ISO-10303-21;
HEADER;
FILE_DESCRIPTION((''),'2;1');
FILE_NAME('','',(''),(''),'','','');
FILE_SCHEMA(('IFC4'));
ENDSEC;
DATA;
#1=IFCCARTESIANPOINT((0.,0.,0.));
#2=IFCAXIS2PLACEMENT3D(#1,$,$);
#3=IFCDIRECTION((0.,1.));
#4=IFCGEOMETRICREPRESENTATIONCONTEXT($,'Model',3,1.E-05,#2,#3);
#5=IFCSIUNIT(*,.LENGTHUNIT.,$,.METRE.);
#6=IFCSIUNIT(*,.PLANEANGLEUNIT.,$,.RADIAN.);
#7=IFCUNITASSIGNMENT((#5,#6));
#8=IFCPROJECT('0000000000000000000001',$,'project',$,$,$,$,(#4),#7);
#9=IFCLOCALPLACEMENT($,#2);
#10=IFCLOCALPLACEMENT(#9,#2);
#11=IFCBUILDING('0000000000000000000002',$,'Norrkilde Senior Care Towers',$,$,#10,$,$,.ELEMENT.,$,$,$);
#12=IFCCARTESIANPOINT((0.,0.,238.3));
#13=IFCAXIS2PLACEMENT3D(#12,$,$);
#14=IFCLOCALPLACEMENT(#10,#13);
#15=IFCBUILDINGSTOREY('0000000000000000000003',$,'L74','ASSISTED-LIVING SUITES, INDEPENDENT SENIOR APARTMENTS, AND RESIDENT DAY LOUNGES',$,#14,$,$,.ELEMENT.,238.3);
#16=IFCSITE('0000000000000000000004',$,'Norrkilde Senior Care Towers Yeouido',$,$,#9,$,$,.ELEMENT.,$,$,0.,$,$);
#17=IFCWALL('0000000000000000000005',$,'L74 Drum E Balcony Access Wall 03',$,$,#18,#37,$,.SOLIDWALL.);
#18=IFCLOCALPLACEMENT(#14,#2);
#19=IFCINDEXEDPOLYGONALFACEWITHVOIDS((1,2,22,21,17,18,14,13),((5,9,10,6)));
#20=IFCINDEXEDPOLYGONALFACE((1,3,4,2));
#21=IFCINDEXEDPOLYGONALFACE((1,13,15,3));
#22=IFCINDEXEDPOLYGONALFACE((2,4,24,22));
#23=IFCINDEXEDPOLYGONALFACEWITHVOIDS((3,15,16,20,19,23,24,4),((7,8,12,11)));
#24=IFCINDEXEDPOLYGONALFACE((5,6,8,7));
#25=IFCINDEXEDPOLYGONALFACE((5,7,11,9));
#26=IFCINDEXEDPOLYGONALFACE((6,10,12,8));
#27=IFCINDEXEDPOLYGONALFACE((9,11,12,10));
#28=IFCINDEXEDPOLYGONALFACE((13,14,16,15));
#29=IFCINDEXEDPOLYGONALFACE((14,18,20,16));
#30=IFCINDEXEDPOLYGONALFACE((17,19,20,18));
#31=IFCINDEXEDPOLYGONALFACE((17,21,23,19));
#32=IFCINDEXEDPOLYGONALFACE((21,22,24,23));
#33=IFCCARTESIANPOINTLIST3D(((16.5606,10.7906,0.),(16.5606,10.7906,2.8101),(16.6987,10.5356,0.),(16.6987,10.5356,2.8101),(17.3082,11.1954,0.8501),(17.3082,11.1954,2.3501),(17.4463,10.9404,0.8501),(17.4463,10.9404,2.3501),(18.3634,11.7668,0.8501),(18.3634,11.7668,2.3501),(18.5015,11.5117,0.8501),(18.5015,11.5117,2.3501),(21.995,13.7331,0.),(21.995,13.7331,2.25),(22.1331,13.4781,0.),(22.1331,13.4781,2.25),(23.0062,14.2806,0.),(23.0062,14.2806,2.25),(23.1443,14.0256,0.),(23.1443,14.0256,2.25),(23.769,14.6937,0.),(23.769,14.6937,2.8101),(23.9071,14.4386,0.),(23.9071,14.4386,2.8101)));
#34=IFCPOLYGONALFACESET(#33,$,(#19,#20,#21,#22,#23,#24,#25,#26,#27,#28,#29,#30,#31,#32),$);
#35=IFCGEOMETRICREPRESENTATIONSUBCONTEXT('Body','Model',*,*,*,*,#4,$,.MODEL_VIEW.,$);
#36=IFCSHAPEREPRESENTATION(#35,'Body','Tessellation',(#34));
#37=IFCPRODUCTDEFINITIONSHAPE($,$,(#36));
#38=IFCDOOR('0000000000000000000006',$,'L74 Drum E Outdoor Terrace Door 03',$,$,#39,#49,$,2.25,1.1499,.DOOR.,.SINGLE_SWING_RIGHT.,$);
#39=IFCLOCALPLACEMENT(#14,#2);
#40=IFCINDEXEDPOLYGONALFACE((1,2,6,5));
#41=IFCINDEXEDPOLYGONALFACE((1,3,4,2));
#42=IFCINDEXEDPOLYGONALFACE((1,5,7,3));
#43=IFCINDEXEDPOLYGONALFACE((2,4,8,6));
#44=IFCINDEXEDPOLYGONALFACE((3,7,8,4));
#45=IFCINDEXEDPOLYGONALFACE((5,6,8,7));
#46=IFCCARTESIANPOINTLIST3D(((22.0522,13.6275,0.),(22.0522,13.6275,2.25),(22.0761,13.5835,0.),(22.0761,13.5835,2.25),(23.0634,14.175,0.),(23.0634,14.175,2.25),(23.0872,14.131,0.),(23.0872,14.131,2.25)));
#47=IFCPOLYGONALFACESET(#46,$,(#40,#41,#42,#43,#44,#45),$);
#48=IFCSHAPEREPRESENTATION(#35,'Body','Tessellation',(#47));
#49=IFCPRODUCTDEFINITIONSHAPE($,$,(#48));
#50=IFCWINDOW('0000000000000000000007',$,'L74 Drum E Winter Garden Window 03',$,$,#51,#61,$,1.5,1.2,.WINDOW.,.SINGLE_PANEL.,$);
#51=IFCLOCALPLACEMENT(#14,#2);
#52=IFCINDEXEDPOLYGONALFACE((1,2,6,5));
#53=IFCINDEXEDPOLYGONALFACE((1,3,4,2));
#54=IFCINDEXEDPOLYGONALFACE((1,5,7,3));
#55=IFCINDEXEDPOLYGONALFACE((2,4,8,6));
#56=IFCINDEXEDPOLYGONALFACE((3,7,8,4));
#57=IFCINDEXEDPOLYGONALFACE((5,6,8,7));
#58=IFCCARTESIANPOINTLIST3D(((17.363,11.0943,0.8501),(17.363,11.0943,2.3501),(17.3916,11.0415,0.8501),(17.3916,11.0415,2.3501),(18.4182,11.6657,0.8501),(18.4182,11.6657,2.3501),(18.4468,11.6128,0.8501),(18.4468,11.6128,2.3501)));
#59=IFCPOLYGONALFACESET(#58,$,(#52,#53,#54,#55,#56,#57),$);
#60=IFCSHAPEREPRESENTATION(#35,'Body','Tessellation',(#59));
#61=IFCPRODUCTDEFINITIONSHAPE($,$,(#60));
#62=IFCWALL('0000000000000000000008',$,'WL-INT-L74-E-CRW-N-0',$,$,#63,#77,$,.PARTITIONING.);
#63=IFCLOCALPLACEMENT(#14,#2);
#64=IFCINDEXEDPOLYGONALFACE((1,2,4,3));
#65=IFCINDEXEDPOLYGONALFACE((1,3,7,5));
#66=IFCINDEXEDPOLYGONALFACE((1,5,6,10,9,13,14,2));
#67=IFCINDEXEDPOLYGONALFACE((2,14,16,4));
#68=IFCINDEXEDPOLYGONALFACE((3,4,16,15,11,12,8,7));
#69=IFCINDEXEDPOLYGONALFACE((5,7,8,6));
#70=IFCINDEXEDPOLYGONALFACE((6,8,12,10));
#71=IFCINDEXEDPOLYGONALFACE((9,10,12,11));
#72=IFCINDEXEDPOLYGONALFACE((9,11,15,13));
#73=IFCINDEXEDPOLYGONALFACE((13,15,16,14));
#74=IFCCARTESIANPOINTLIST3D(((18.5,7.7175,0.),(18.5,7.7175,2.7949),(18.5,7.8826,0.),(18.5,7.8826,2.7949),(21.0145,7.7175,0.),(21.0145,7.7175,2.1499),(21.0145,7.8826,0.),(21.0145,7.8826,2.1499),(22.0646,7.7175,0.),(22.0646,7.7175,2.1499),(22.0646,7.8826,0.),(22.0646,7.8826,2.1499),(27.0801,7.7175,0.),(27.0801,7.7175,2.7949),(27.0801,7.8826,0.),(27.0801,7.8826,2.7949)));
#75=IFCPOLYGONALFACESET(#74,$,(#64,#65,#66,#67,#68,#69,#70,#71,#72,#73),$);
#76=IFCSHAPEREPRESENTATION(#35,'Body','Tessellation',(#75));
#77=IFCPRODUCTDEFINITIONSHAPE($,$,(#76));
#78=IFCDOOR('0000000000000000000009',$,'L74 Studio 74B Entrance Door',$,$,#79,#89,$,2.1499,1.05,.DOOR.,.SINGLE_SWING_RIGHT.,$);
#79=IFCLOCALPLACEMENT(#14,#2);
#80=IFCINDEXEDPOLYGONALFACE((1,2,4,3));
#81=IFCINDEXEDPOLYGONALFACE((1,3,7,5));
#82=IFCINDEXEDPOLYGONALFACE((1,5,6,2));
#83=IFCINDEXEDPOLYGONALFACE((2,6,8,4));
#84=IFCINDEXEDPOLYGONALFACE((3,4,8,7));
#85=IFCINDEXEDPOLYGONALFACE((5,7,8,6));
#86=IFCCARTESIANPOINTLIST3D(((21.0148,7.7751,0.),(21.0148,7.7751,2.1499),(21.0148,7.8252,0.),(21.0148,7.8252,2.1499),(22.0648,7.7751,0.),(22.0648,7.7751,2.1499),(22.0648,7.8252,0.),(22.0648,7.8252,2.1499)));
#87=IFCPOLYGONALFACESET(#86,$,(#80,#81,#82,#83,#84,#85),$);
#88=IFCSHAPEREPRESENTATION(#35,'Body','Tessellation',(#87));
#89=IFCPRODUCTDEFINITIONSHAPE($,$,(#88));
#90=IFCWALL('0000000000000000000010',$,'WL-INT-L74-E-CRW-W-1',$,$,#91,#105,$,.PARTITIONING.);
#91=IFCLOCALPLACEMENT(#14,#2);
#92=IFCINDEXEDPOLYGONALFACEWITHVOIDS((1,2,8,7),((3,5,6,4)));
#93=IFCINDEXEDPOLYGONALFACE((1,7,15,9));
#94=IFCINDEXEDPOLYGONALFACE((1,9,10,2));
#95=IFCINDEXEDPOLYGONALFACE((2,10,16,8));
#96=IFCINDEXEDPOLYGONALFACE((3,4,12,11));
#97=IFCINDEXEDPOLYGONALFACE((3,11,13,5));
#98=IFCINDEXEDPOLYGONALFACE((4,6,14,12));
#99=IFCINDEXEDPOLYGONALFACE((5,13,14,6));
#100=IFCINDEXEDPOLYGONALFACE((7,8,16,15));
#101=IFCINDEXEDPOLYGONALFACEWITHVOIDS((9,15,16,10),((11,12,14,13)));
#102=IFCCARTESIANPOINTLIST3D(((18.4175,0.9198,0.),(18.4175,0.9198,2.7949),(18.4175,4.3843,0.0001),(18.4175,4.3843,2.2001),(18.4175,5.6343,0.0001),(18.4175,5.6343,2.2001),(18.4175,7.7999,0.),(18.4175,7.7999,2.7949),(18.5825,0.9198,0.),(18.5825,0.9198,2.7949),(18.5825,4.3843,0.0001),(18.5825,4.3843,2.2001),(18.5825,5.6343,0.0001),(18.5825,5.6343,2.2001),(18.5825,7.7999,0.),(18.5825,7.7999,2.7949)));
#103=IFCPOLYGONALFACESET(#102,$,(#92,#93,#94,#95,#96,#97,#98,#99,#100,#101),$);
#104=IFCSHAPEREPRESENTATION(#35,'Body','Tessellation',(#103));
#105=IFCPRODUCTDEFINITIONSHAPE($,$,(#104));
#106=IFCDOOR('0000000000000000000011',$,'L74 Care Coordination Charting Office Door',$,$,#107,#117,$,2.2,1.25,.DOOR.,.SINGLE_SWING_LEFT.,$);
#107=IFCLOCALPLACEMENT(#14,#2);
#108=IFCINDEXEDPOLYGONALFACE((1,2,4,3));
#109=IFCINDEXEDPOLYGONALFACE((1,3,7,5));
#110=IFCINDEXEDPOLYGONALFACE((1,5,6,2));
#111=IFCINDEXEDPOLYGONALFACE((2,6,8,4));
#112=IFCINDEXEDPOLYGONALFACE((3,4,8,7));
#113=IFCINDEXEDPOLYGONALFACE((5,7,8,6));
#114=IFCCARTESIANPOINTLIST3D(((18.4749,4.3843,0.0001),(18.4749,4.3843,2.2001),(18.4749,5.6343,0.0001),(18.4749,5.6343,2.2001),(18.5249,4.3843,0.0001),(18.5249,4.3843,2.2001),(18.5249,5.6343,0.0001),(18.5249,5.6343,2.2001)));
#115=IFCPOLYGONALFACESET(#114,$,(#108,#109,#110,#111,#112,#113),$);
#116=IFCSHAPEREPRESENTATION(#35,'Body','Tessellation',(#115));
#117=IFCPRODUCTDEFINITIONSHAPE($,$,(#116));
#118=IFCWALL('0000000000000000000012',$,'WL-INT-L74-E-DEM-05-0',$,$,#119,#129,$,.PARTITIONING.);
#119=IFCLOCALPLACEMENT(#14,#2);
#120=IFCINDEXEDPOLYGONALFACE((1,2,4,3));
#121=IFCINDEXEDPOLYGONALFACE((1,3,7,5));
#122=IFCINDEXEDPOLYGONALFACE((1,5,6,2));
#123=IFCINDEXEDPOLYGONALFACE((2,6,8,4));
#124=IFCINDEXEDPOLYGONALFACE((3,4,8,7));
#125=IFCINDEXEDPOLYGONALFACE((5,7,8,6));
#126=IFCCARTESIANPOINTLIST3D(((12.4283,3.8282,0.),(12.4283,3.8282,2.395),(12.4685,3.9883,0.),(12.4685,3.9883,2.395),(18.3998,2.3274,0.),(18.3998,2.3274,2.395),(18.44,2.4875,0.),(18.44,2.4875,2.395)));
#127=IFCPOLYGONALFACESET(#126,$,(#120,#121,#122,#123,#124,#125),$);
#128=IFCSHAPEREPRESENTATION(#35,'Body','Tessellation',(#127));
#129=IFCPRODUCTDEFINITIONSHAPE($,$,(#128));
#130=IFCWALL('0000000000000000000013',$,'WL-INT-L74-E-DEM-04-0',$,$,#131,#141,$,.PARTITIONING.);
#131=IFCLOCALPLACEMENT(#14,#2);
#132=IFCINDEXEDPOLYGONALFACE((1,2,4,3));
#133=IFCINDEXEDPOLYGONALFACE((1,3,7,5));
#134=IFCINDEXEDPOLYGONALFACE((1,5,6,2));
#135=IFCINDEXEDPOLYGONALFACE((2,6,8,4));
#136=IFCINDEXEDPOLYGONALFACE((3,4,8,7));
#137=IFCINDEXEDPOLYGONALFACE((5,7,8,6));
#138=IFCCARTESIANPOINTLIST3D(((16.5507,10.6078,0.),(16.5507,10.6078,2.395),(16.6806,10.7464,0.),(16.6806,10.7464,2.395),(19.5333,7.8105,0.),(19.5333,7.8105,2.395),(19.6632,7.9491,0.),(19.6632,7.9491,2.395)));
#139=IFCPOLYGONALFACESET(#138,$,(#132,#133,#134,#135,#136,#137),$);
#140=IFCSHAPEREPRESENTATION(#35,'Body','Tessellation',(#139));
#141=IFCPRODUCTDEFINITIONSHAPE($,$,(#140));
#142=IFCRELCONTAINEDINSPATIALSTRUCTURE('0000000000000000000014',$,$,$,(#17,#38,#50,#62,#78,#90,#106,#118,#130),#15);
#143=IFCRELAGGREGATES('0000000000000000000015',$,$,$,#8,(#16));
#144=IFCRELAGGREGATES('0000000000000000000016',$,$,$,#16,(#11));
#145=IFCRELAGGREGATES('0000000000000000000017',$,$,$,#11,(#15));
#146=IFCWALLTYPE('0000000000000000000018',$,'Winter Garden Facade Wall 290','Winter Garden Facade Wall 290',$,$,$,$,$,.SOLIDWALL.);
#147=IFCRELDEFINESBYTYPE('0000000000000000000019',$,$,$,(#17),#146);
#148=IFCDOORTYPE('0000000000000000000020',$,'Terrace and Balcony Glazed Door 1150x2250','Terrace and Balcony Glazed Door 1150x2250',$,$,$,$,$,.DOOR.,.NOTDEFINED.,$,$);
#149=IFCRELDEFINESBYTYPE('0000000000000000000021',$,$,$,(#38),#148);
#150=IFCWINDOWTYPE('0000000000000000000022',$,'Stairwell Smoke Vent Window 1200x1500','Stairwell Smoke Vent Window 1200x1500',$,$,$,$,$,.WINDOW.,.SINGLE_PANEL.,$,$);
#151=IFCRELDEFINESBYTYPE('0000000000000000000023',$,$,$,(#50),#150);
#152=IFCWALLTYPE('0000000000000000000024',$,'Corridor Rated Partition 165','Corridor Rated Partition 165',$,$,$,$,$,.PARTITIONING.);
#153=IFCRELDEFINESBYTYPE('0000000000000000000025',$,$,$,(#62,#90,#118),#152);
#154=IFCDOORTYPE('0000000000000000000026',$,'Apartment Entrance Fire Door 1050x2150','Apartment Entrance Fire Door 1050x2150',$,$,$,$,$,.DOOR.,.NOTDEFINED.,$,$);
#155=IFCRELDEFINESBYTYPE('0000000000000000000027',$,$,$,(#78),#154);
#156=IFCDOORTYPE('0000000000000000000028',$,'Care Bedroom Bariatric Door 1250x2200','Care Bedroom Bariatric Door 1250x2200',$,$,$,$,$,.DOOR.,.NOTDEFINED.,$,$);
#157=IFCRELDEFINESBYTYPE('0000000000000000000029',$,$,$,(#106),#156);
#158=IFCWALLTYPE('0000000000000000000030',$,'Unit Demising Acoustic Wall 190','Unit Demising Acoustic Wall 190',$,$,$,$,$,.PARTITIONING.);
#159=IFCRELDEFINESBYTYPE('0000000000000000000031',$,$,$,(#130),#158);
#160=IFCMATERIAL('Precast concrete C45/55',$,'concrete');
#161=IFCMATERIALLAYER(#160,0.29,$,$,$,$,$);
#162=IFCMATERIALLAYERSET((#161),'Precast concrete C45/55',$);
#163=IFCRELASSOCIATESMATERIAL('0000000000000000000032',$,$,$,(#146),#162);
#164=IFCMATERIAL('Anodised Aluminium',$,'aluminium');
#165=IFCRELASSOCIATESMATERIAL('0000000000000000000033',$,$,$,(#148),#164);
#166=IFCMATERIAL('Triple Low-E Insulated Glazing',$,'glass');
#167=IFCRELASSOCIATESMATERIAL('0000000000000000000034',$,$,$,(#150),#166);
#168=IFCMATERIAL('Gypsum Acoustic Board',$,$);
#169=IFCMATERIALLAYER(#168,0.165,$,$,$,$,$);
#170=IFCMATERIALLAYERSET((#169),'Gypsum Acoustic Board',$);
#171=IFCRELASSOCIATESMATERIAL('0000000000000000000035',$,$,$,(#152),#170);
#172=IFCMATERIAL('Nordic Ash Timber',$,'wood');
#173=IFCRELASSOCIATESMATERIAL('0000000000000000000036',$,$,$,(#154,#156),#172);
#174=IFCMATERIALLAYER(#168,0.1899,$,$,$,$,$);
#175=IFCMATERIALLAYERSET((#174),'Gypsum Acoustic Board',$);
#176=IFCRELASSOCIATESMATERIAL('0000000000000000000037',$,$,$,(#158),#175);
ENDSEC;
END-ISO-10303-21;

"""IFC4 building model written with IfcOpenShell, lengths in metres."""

from ifc_helpers import new_model, si_unit, direction, frame, frame_2d, origin, place, context, subcontext, project, spatial, rectangle, extrude, source, transform, mapped, material, layer, layer_set, type_object, type_shapes, element, fill, save


model = new_model("IFC4")

# Units and contexts
model_context = context("Model", 3, precision=1e-05, world=origin(), true_north=direction((0.0, 1.0)))
body_context = subcontext(model_context, "Body", "Model", "MODEL_VIEW")
ifc_project = project(units=[si_unit("LENGTHUNIT", "METRE"), si_unit("PLANEANGLEUNIT", "RADIAN")], contexts=[model_context])

# Site, building, storey
site_placement = place(None, origin())
site = spatial("IfcSite", under=ifc_project, at=site_placement, Name="Norrkilde Senior Care Towers Yeouido", CompositionType="ELEMENT", RefElevation=0.0)
building_placement = place(site_placement, origin())
building = spatial("IfcBuilding", under=site, at=building_placement, Name="Norrkilde Senior Care Towers", CompositionType="ELEMENT")
storey_placement = place(building_placement, frame((0.0, 0.0, 238.3)))
storey = spatial("IfcBuildingStorey", under=building, at=storey_placement, Name="L74", Description="ASSISTED-LIVING SUITES, INDEPENDENT SENIOR APARTMENTS, AND RESIDENT DAY LOUNGES", CompositionType="ELEMENT", Elevation=238.3)

# Shared definitions
ifc_material_1 = material(Name="Triple Low-E Insulated Glazing", Category="glass")
ifc_material_2 = material(Name="Anodised Aluminium", Category="aluminium")

# Wall, openings, door, window
ifc_material_3 = material(Name="Precast concrete C45/55", Category="concrete")
ifc_layer_1 = layer(ifc_material_3, 0.29)
ifc_layer_set_1 = layer_set([ifc_layer_1], Name="Precast concrete C45/55")
wall_type_1 = type_object("IfcWallType", Name="Winter Garden Facade Wall 290", Description="Winter Garden Facade Wall 290", PredefinedType="SOLIDWALL", material=ifc_layer_set_1)
shared_shape_1 = source(origin(), body_context, "Body", "SweptSolid", [
    extrude(rectangle(XDim=8.1973, YDim=0.29, at=frame_2d((4.0986, 0.0))), origin(), (0.0, 0.0, 1.0), 2.8101),
])
type_shapes(wall_type_1, [shared_shape_1])
wall_1_placement = place(storey_placement, frame((16.6296, 10.6631, 0.0), z_axis=(0.0, 0.0, 1.0), x_axis=(0.87937, 0.476139, 0.0)))
wall_1 = element("IfcWall", 1, at=wall_1_placement, inside=storey, type_object=wall_type_1, Name="L74 Drum E Balcony Access Wall 03", PredefinedType="SOLIDWALL", context=body_context, shape_type="MappedRepresentation", body=[
    mapped(shared_shape_1, transform((0.0, 0.0, 0.0), x_axis=(1.0, 0.0, 0.0), y_axis=(0.0, 1.0, 0.0), z_axis=(0.0, 0.0, 1.0), scale=1.0)),
])
opening_1_placement = place(wall_1_placement, frame((6.1799, 0.0, 0.0)))
opening_1 = element("IfcOpeningElement", 2, at=opening_1_placement, cuts=wall_1, PredefinedType="OPENING", context=body_context, shape_type="SweptSolid", body=[
    extrude(rectangle(XDim=1.1499, YDim=2.25, at=frame_2d((0.575, 1.125))), frame((0.0, 0.155, 0.0), z_axis=(0.0, -1.0, 0.0), x_axis=(1.0, 0.0, 0.0)), (0.0, 0.0, 1.0), 0.3101),
])
opening_2_placement = place(wall_1_placement, frame((0.8501, 0.0, 0.8501)))
opening_2 = element("IfcOpeningElement", 3, at=opening_2_placement, cuts=wall_1, PredefinedType="OPENING", context=body_context, shape_type="SweptSolid", body=[
    extrude(rectangle(XDim=1.2, YDim=1.5, at=frame_2d((0.6001, 0.75))), frame((0.0, 0.155, 0.0), z_axis=(0.0, -1.0, 0.0), x_axis=(1.0, 0.0, 0.0)), (0.0, 0.0, 1.0), 0.3101),
])
door_type_1 = type_object("IfcDoorType", Name="Terrace and Balcony Glazed Door 1150x2250", Description="Terrace and Balcony Glazed Door 1150x2250", OperationType="NOTDEFINED", PredefinedType="DOOR", material=ifc_material_2)
shared_shape_2 = source(origin(), body_context, "Body", "SweptSolid", [
    extrude(rectangle(XDim=1.1499, YDim=2.25, at=frame_2d((0.575, 1.125))), frame((0.0, 0.0249, 0.0), z_axis=(0.0, -1.0, 0.0), x_axis=(1.0, 0.0, 0.0)), (0.0, 0.0, 1.0), 0.05),
])
type_shapes(door_type_1, [shared_shape_2])
door_1_placement = place(opening_1_placement, origin())
door_1 = element("IfcDoor", 4, at=door_1_placement, inside=storey, type_object=door_type_1, Name="L74 Drum E Outdoor Terrace Door 03", OperationType="SINGLE_SWING_RIGHT", OverallHeight=2.25, OverallWidth=1.1499, PredefinedType="DOOR", context=body_context, shape_type="MappedRepresentation", body=[
    mapped(shared_shape_2, transform((0.0, 0.0, 0.0), x_axis=(1.0, 0.0, 0.0), y_axis=(0.0, 1.0, 0.0), z_axis=(0.0, 0.0, 1.0), scale=1.0)),
])
fill(opening_1, door_1)
window_type = type_object("IfcWindowType", Name="Stairwell Smoke Vent Window 1200x1500", Description="Stairwell Smoke Vent Window 1200x1500", PartitioningType="SINGLE_PANEL", PredefinedType="WINDOW", material=ifc_material_1)
shared_shape_3 = source(origin(), body_context, "Body", "SweptSolid", [
    extrude(rectangle(XDim=1.2, YDim=1.5, at=frame_2d((0.6001, 0.75))), frame((0.0, 0.03, 0.0), z_axis=(0.0, -1.0, 0.0), x_axis=(1.0, 0.0, 0.0)), (0.0, 0.0, 1.0), 0.0601),
])
type_shapes(window_type, [shared_shape_3])
window_placement = place(opening_2_placement, origin())
window = element("IfcWindow", 5, at=window_placement, inside=storey, type_object=window_type, Name="L74 Drum E Winter Garden Window 03", OverallHeight=1.5, OverallWidth=1.2, PartitioningType="SINGLE_PANEL", PredefinedType="WINDOW", context=body_context, shape_type="MappedRepresentation", body=[
    mapped(shared_shape_3, transform((0.0, 0.0, 0.0), x_axis=(1.0, 0.0, 0.0), y_axis=(0.0, 1.0, 0.0), z_axis=(0.0, 0.0, 1.0), scale=1.0)),
])
fill(opening_2, window)

# Walls, openings, doors
ifc_material_4 = material(Name="Gypsum Acoustic Board")
ifc_layer_2 = layer(ifc_material_4, 0.165)
ifc_layer_set_2 = layer_set([ifc_layer_2], Name="Gypsum Acoustic Board")
wall_type_2 = type_object("IfcWallType", Name="Corridor Rated Partition 165", Description="Corridor Rated Partition 165", PredefinedType="PARTITIONING", material=ifc_layer_set_2)
shared_shape_4 = source(origin(), body_context, "Body", "SweptSolid", [
    extrude(rectangle(XDim=8.5801, YDim=0.165, at=frame_2d((4.29, 0.0))), origin(), (0.0, 0.0, 1.0), 2.7949),
])
wall_2_placement = place(storey_placement, frame((18.5, 7.8, 0.0), z_axis=(0.0, 0.0, 1.0), x_axis=(1.0, 0.0, 0.0)))
wall_2 = element("IfcWall", 6, at=wall_2_placement, inside=storey, type_object=wall_type_2, Name="WL-INT-L74-E-CRW-N-0", PredefinedType="PARTITIONING", context=body_context, shape_type="MappedRepresentation", body=[
    mapped(shared_shape_4, transform((0.0, 0.0, 0.0), x_axis=(1.0, 0.0, 0.0), y_axis=(0.0, 1.0, 0.0), z_axis=(0.0, 0.0, 1.0), scale=1.0)),
])
opening_3_placement = place(wall_2_placement, frame((2.5146, 0.0, 0.0)))
opening_3 = element("IfcOpeningElement", 7, at=opening_3_placement, cuts=wall_2, PredefinedType="OPENING", context=body_context, shape_type="SweptSolid", body=[
    extrude(rectangle(XDim=1.05, YDim=2.1499, at=frame_2d((0.5249, 1.075))), frame((0.0, 0.0925, 0.0), z_axis=(0.0, -1.0, 0.0), x_axis=(1.0, 0.0, 0.0)), (0.0, 0.0, 1.0), 0.1851),
])
ifc_material_5 = material(Name="Nordic Ash Timber", Category="wood")
door_type_2 = type_object("IfcDoorType", Name="Apartment Entrance Fire Door 1050x2150", Description="Apartment Entrance Fire Door 1050x2150", OperationType="NOTDEFINED", PredefinedType="DOOR", material=ifc_material_5)
shared_shape_5 = source(origin(), body_context, "Body", "SweptSolid", [
    extrude(rectangle(XDim=1.05, YDim=2.1499, at=frame_2d((0.5249, 1.075))), frame((0.0, 0.0249, 0.0), z_axis=(0.0, -1.0, 0.0), x_axis=(1.0, 0.0, 0.0)), (0.0, 0.0, 1.0), 0.05),
])
type_shapes(door_type_2, [shared_shape_5])
door_2_placement = place(opening_3_placement, frame((1.05, 0.0, 0.0), z_axis=(0.0, 0.0, 1.0), x_axis=(-1.0, 0.0, 0.0)))
door_2 = element("IfcDoor", 8, at=door_2_placement, inside=storey, type_object=door_type_2, Name="L74 Studio 74B Entrance Door", OperationType="SINGLE_SWING_RIGHT", OverallHeight=2.1499, OverallWidth=1.05, PredefinedType="DOOR", context=body_context, shape_type="MappedRepresentation", body=[
    mapped(shared_shape_5, transform((0.0, 0.0, 0.0), x_axis=(1.0, 0.0, 0.0), y_axis=(0.0, 1.0, 0.0), z_axis=(0.0, 0.0, 1.0), scale=1.0)),
])
fill(opening_3, door_2)
shared_shape_6 = source(origin(), body_context, "Body", "SweptSolid", [
    extrude(rectangle(XDim=6.8801, YDim=0.165, at=frame_2d((3.4399, 0.0))), origin(), (0.0, 0.0, 1.0), 2.7949),
])
wall_3_placement = place(storey_placement, frame((18.5, 0.9199, 0.0), z_axis=(0.0, 0.0, 1.0), x_axis=(0.0, 1.0, 0.0)))
wall_3 = element("IfcWall", 9, at=wall_3_placement, inside=storey, type_object=wall_type_2, Name="WL-INT-L74-E-CRW-W-1", PredefinedType="PARTITIONING", context=body_context, shape_type="MappedRepresentation", body=[
    mapped(shared_shape_6, transform((0.0, 0.0, 0.0), x_axis=(1.0, 0.0, 0.0), y_axis=(0.0, 1.0, 0.0), z_axis=(0.0, 0.0, 1.0), scale=1.0)),
])
opening_4_placement = place(wall_3_placement, frame((3.4644, 0.0, 0.0)))
opening_4 = element("IfcOpeningElement", 10, at=opening_4_placement, cuts=wall_3, PredefinedType="OPENING", context=body_context, shape_type="SweptSolid", body=[
    extrude(rectangle(XDim=1.25, YDim=2.2, at=frame_2d((0.625, 1.1001))), frame((0.0, 0.0925, 0.0), z_axis=(0.0, -1.0, 0.0), x_axis=(1.0, 0.0, 0.0)), (0.0, 0.0, 1.0), 0.1851),
])
door_type_3 = type_object("IfcDoorType", Name="Care Bedroom Bariatric Door 1250x2200", Description="Care Bedroom Bariatric Door 1250x2200", OperationType="NOTDEFINED", PredefinedType="DOOR", material=ifc_material_5)
shared_shape_7 = source(origin(), body_context, "Body", "SweptSolid", [
    extrude(rectangle(XDim=1.25, YDim=2.2, at=frame_2d((0.625, 1.1001))), frame((0.0, 0.0249, 0.0), z_axis=(0.0, -1.0, 0.0), x_axis=(1.0, 0.0, 0.0)), (0.0, 0.0, 1.0), 0.05),
])
type_shapes(door_type_3, [shared_shape_7])
door_3_placement = place(opening_4_placement, frame((1.25, 0.0, 0.0), z_axis=(0.0, 0.0, 1.0), x_axis=(-1.0, 0.0, 0.0)))
door_3 = element("IfcDoor", 11, at=door_3_placement, inside=storey, type_object=door_type_3, Name="L74 Care Coordination Charting Office Door", OperationType="SINGLE_SWING_LEFT", OverallHeight=2.2, OverallWidth=1.25, PredefinedType="DOOR", context=body_context, shape_type="MappedRepresentation", body=[
    mapped(shared_shape_7, transform((0.0, 0.0, 0.0), x_axis=(1.0, 0.0, 0.0), y_axis=(0.0, 1.0, 0.0), z_axis=(0.0, 0.0, 1.0), scale=1.0)),
])
fill(opening_4, door_3)

# Walls
shared_shape_8 = source(origin(), body_context, "Body", "SweptSolid", [
    extrude(rectangle(XDim=6.1572, YDim=0.165, at=frame_2d((3.0786, 0.0))), origin(), (0.0, 0.0, 1.0), 2.395),
])
wall_4_placement = place(storey_placement, frame((18.4199, 2.4075, 0.0), z_axis=(0.0, 0.0, 1.0), x_axis=(-0.969841, 0.243739, 0.0)))
element("IfcWall", 12, at=wall_4_placement, inside=storey, type_object=wall_type_2, Name="WL-INT-L74-E-DEM-05-0", PredefinedType="PARTITIONING", context=body_context, shape_type="MappedRepresentation", body=[
    mapped(shared_shape_8, transform((0.0, 0.0, 0.0), x_axis=(1.0, 0.0, 0.0), y_axis=(0.0, 1.0, 0.0), z_axis=(0.0, 0.0, 1.0), scale=1.0)),
])
ifc_layer_3 = layer(ifc_material_4, 0.1899)
ifc_layer_set_3 = layer_set([ifc_layer_3], Name="Gypsum Acoustic Board")
wall_type_3 = type_object("IfcWallType", Name="Unit Demising Acoustic Wall 190", Description="Unit Demising Acoustic Wall 190", PredefinedType="PARTITIONING", material=ifc_layer_set_3)
shared_shape_9 = source(origin(), body_context, "Body", "SweptSolid", [
    extrude(rectangle(XDim=4.0891, YDim=0.1899, at=frame_2d((2.0444, 0.0))), origin(), (0.0, 0.0, 1.0), 2.395),
])
type_shapes(wall_type_3, [shared_shape_9])
wall_5_placement = place(storey_placement, frame((19.5981, 7.8799, 0.0), z_axis=(0.0, 0.0, 1.0), x_axis=(-0.729401, 0.684086, 0.0)))
element("IfcWall", 13, at=wall_5_placement, inside=storey, type_object=wall_type_3, Name="WL-INT-L74-E-DEM-04-0", PredefinedType="PARTITIONING", context=body_context, shape_type="MappedRepresentation", body=[
    mapped(shared_shape_9, transform((0.0, 0.0, 0.0), x_axis=(1.0, 0.0, 0.0), y_axis=(0.0, 1.0, 0.0), z_axis=(0.0, 0.0, 1.0), scale=1.0)),
])

save(model, "model.ifc")
